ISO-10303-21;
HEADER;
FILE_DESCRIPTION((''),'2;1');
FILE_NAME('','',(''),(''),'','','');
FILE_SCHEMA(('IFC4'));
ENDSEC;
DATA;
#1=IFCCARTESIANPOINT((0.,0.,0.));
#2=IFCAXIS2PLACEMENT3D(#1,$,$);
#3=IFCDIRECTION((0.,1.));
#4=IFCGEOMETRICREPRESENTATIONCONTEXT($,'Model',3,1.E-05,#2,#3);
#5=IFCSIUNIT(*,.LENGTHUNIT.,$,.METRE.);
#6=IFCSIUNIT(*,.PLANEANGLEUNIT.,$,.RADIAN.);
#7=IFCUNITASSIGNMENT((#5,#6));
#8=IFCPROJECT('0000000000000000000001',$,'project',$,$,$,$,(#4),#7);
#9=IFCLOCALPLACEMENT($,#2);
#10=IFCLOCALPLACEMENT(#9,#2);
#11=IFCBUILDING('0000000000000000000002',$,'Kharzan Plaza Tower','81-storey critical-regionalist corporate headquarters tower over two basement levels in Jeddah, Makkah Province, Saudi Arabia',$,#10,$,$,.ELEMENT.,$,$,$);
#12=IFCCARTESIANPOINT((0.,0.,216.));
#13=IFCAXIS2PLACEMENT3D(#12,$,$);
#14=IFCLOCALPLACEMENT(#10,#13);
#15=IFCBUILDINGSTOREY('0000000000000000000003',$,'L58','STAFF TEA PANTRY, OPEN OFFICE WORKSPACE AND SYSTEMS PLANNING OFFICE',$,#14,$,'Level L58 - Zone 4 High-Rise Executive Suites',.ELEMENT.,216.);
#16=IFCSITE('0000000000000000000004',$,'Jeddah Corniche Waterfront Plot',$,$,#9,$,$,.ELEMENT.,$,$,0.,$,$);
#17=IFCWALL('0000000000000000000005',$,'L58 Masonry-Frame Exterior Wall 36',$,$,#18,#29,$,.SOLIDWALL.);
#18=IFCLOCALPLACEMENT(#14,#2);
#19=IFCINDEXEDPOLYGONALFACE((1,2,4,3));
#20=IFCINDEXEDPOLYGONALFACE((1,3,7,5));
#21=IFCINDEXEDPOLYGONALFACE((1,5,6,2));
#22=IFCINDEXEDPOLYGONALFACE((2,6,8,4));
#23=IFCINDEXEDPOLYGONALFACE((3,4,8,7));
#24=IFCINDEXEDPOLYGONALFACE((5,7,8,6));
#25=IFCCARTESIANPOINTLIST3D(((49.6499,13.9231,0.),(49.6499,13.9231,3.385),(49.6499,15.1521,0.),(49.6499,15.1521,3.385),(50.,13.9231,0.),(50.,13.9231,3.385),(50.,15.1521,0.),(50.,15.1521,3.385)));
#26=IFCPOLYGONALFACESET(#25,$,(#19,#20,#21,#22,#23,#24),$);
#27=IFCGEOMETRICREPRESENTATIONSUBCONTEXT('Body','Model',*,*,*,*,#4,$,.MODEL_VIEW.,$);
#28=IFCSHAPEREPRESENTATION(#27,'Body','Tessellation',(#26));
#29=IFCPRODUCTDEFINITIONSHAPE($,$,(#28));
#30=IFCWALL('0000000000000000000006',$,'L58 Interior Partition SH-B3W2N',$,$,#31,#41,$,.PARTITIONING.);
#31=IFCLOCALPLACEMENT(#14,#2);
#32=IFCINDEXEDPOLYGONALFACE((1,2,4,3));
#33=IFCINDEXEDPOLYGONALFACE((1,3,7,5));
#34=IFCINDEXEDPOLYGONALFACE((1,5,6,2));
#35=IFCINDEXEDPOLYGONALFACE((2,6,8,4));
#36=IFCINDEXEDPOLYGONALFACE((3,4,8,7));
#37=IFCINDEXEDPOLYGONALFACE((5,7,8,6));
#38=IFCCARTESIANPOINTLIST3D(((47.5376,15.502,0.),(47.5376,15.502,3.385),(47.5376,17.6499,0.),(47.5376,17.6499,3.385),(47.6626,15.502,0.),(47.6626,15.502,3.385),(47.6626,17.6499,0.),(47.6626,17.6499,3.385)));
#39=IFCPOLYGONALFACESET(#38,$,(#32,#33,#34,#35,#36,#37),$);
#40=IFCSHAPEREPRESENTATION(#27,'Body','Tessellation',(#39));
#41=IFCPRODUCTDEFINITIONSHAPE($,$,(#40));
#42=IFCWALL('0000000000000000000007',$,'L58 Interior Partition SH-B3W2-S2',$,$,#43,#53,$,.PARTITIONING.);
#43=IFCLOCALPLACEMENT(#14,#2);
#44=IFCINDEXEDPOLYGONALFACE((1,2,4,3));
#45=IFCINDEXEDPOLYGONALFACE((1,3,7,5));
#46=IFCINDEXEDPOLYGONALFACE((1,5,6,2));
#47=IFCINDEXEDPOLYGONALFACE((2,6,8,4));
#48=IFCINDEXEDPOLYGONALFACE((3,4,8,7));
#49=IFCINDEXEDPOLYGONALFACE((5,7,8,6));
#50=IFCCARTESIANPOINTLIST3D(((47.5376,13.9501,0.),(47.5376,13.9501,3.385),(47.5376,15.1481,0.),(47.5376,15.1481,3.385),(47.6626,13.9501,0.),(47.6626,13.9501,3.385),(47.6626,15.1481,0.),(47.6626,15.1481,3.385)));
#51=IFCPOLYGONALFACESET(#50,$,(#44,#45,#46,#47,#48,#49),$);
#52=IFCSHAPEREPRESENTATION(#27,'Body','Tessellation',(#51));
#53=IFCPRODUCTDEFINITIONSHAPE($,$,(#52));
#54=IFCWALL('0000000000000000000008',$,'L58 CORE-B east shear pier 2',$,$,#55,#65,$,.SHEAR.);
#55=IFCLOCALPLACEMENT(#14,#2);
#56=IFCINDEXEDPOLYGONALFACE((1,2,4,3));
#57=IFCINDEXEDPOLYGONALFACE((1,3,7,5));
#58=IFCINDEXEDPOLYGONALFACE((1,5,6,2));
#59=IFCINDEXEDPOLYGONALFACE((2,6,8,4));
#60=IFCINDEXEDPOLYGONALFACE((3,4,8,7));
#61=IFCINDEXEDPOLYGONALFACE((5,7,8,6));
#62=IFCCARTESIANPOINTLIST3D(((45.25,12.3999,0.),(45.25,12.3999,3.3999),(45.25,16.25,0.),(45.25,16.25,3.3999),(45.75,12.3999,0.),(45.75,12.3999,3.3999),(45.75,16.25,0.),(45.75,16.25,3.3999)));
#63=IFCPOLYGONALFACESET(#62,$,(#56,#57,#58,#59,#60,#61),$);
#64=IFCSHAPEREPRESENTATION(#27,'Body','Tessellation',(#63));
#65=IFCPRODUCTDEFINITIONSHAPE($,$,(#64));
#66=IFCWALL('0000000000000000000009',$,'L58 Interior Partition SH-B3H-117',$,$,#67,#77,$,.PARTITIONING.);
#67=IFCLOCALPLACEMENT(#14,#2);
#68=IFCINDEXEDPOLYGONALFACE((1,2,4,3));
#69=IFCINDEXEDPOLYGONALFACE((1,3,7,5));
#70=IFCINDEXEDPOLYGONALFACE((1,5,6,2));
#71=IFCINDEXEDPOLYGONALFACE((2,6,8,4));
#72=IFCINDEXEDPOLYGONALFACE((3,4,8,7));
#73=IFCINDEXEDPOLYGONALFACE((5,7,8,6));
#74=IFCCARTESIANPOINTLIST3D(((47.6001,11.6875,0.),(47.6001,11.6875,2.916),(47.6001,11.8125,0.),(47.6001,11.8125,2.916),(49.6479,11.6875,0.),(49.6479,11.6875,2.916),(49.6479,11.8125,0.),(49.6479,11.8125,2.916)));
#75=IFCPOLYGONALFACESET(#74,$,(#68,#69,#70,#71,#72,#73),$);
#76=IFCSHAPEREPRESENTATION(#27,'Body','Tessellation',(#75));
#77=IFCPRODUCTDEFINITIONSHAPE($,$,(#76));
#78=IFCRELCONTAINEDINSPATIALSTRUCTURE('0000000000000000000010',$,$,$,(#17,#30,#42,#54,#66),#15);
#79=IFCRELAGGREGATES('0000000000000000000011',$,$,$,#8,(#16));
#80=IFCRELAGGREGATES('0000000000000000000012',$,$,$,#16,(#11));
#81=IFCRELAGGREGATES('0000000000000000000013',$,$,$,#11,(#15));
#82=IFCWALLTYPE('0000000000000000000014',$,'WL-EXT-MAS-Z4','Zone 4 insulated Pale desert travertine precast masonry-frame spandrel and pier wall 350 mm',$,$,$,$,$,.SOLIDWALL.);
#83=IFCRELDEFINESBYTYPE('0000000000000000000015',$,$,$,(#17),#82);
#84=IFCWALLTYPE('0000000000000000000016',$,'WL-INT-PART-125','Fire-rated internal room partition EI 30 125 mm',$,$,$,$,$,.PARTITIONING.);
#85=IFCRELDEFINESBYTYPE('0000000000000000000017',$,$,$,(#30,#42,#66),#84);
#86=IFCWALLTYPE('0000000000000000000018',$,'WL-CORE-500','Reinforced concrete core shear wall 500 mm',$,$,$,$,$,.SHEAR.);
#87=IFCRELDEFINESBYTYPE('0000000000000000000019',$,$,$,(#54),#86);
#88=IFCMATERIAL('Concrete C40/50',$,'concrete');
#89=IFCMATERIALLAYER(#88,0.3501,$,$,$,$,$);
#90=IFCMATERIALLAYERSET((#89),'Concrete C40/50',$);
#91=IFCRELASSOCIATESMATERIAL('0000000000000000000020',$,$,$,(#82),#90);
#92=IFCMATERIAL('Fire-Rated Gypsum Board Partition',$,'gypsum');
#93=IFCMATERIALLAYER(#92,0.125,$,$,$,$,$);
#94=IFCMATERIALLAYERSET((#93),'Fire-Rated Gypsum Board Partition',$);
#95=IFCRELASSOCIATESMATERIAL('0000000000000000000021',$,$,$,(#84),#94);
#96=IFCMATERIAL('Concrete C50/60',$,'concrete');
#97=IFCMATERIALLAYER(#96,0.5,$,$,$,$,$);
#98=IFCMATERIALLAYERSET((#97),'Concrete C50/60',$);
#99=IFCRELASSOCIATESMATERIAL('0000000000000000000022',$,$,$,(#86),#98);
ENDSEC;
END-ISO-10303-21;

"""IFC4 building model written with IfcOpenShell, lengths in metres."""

from ifc_helpers import new_model, si_unit, direction, frame, frame_2d, origin, place, context, subcontext, project, spatial, rectangle, extrude, source, transform, mapped, material, layer, layer_set, type_object, element, save


model = new_model("IFC4")

# Units and contexts
model_context = context("Model", 3, precision=1e-05, world=origin(), true_north=direction((0.0, 1.0)))
body_context = subcontext(model_context, "Body", "Model", "MODEL_VIEW")
ifc_project = project(units=[si_unit("LENGTHUNIT", "METRE"), si_unit("PLANEANGLEUNIT", "RADIAN")], contexts=[model_context])

# Site, building, storey
site_placement = place(None, origin())
site = spatial("IfcSite", under=ifc_project, at=site_placement, Name="Jeddah Corniche Waterfront Plot", CompositionType="ELEMENT", RefElevation=0.0)
building_placement = place(site_placement, origin())
building = spatial("IfcBuilding", under=site, at=building_placement, Name="Kharzan Plaza Tower", Description="81-storey critical-regionalist corporate headquarters tower over two basement levels in Jeddah, Makkah Province, Saudi Arabia", CompositionType="ELEMENT")
storey_placement = place(building_placement, frame((0.0, 0.0, 216.0)))
storey = spatial("IfcBuildingStorey", under=building, at=storey_placement, Name="L58", Description="STAFF TEA PANTRY, OPEN OFFICE WORKSPACE AND SYSTEMS PLANNING OFFICE", LongName="Level L58 - Zone 4 High-Rise Executive Suites", CompositionType="ELEMENT", Elevation=216.0)

# Shared definitions
ifc_material_1 = material(Name="Concrete C50/60", Category="concrete")

# Shared definitions
ifc_material_2 = material(Name="Concrete C40/50", Category="concrete")
ifc_layer_1 = layer(ifc_material_2, 0.3501)
ifc_layer_set_1 = layer_set([ifc_layer_1], Name="Concrete C40/50")
wall_type_1 = type_object("IfcWallType", Name="WL-EXT-MAS-Z4", Description="Zone 4 insulated Pale desert travertine precast masonry-frame spandrel and pier wall 350 mm", PredefinedType="SOLIDWALL", material=ifc_layer_set_1)

# Shared definitions
ifc_material_3 = material(Name="Fire-Rated Gypsum Board Partition", Category="gypsum")
ifc_layer_2 = layer(ifc_material_3, 0.125)
ifc_layer_set_2 = layer_set([ifc_layer_2], Name="Fire-Rated Gypsum Board Partition")
wall_type_2 = type_object("IfcWallType", Name="WL-INT-PART-125", Description="Fire-rated internal room partition EI 30 125 mm", PredefinedType="PARTITIONING", material=ifc_layer_set_2)

# Walls
shared_shape_1 = source(origin(), body_context, "Body", "SweptSolid", [
    extrude(rectangle(XDim=1.229, YDim=0.3501, at=frame_2d((0.6145, 0.0))), origin(), (0.0, 0.0, 1.0), 3.385),
])
wall_1_placement = place(storey_placement, frame((49.825, 13.9231, 0.0), z_axis=(0.0, 0.0, 1.0), x_axis=(0.0, 1.0, 0.0)))
element("IfcWall", 1, at=wall_1_placement, inside=storey, type_object=wall_type_1, Name="L58 Masonry-Frame Exterior Wall 36", PredefinedType="SOLIDWALL", context=body_context, shape_type="MappedRepresentation", body=[
    mapped(shared_shape_1, transform((0.0, 0.0, 0.0), x_axis=(1.0, 0.0, 0.0), y_axis=(0.0, 1.0, 0.0), z_axis=(0.0, 0.0, 1.0))),
])
shared_shape_2 = source(origin(), body_context, "Body", "SweptSolid", [
    extrude(rectangle(XDim=2.1479, YDim=0.125, at=frame_2d((1.074, 0.0))), origin(), (0.0, 0.0, 1.0), 3.385),
])
wall_2_placement = place(storey_placement, frame((47.6001, 15.502, 0.0), z_axis=(0.0, 0.0, 1.0), x_axis=(0.0, 1.0, 0.0)))
element("IfcWall", 2, at=wall_2_placement, inside=storey, type_object=wall_type_2, Name="L58 Interior Partition SH-B3W2N", PredefinedType="PARTITIONING", context=body_context, shape_type="MappedRepresentation", body=[
    mapped(shared_shape_2, transform((0.0, 0.0, 0.0), x_axis=(1.0, 0.0, 0.0), y_axis=(0.0, 1.0, 0.0), z_axis=(0.0, 0.0, 1.0))),
])
shared_shape_3 = source(origin(), body_context, "Body", "SweptSolid", [
    extrude(rectangle(XDim=1.198, YDim=0.125, at=frame_2d((0.5991, 0.0))), origin(), (0.0, 0.0, 1.0), 3.385),
])
wall_3_placement = place(storey_placement, frame((47.6001, 13.95, 0.0), z_axis=(0.0, 0.0, 1.0), x_axis=(0.0, 1.0, 0.0)))
element("IfcWall", 3, at=wall_3_placement, inside=storey, type_object=wall_type_2, Name="L58 Interior Partition SH-B3W2-S2", PredefinedType="PARTITIONING", context=body_context, shape_type="MappedRepresentation", body=[
    mapped(shared_shape_3, transform((0.0, 0.0, 0.0), x_axis=(1.0, 0.0, 0.0), y_axis=(0.0, 1.0, 0.0), z_axis=(0.0, 0.0, 1.0))),
])
ifc_layer_3 = layer(ifc_material_1, 0.5)
ifc_layer_set_3 = layer_set([ifc_layer_3], Name="Concrete C50/60")
wall_type_3 = type_object("IfcWallType", Name="WL-CORE-500", Description="Reinforced concrete core shear wall 500 mm", PredefinedType="SHEAR", material=ifc_layer_set_3)
shared_shape_4 = source(origin(), body_context, "Body", "SweptSolid", [
    extrude(rectangle(XDim=3.8501, YDim=0.5, at=frame_2d((1.925, 0.0))), origin(), (0.0, 0.0, 1.0), 3.3999),
])
wall_4_placement = place(storey_placement, frame((45.5, 12.3999, 0.0), z_axis=(0.0, 0.0, 1.0), x_axis=(0.0, 1.0, 0.0)))
element("IfcWall", 4, at=wall_4_placement, inside=storey, type_object=wall_type_3, Name="L58 CORE-B east shear pier 2", PredefinedType="SHEAR", context=body_context, shape_type="MappedRepresentation", body=[
    mapped(shared_shape_4, transform((0.0, 0.0, 0.0), x_axis=(1.0, 0.0, 0.0), y_axis=(0.0, 1.0, 0.0), z_axis=(0.0, 0.0, 1.0))),
])
shared_shape_5 = source(origin(), body_context, "Body", "SweptSolid", [
    extrude(rectangle(XDim=2.0479, YDim=0.125, at=frame_2d((1.0239, 0.0))), origin(), (0.0, 0.0, 1.0), 2.916),
])
wall_5_placement = place(storey_placement, frame((47.6001, 11.75, 0.0), z_axis=(0.0, 0.0, 1.0), x_axis=(1.0, 0.0, 0.0)))
element("IfcWall", 5, at=wall_5_placement, inside=storey, type_object=wall_type_2, Name="L58 Interior Partition SH-B3H-117", PredefinedType="PARTITIONING", context=body_context, shape_type="MappedRepresentation", body=[
    mapped(shared_shape_5, transform((0.0, 0.0, 0.0), x_axis=(1.0, 0.0, 0.0), y_axis=(0.0, 1.0, 0.0), z_axis=(0.0, 0.0, 1.0))),
])

save(model, "model.ifc")
